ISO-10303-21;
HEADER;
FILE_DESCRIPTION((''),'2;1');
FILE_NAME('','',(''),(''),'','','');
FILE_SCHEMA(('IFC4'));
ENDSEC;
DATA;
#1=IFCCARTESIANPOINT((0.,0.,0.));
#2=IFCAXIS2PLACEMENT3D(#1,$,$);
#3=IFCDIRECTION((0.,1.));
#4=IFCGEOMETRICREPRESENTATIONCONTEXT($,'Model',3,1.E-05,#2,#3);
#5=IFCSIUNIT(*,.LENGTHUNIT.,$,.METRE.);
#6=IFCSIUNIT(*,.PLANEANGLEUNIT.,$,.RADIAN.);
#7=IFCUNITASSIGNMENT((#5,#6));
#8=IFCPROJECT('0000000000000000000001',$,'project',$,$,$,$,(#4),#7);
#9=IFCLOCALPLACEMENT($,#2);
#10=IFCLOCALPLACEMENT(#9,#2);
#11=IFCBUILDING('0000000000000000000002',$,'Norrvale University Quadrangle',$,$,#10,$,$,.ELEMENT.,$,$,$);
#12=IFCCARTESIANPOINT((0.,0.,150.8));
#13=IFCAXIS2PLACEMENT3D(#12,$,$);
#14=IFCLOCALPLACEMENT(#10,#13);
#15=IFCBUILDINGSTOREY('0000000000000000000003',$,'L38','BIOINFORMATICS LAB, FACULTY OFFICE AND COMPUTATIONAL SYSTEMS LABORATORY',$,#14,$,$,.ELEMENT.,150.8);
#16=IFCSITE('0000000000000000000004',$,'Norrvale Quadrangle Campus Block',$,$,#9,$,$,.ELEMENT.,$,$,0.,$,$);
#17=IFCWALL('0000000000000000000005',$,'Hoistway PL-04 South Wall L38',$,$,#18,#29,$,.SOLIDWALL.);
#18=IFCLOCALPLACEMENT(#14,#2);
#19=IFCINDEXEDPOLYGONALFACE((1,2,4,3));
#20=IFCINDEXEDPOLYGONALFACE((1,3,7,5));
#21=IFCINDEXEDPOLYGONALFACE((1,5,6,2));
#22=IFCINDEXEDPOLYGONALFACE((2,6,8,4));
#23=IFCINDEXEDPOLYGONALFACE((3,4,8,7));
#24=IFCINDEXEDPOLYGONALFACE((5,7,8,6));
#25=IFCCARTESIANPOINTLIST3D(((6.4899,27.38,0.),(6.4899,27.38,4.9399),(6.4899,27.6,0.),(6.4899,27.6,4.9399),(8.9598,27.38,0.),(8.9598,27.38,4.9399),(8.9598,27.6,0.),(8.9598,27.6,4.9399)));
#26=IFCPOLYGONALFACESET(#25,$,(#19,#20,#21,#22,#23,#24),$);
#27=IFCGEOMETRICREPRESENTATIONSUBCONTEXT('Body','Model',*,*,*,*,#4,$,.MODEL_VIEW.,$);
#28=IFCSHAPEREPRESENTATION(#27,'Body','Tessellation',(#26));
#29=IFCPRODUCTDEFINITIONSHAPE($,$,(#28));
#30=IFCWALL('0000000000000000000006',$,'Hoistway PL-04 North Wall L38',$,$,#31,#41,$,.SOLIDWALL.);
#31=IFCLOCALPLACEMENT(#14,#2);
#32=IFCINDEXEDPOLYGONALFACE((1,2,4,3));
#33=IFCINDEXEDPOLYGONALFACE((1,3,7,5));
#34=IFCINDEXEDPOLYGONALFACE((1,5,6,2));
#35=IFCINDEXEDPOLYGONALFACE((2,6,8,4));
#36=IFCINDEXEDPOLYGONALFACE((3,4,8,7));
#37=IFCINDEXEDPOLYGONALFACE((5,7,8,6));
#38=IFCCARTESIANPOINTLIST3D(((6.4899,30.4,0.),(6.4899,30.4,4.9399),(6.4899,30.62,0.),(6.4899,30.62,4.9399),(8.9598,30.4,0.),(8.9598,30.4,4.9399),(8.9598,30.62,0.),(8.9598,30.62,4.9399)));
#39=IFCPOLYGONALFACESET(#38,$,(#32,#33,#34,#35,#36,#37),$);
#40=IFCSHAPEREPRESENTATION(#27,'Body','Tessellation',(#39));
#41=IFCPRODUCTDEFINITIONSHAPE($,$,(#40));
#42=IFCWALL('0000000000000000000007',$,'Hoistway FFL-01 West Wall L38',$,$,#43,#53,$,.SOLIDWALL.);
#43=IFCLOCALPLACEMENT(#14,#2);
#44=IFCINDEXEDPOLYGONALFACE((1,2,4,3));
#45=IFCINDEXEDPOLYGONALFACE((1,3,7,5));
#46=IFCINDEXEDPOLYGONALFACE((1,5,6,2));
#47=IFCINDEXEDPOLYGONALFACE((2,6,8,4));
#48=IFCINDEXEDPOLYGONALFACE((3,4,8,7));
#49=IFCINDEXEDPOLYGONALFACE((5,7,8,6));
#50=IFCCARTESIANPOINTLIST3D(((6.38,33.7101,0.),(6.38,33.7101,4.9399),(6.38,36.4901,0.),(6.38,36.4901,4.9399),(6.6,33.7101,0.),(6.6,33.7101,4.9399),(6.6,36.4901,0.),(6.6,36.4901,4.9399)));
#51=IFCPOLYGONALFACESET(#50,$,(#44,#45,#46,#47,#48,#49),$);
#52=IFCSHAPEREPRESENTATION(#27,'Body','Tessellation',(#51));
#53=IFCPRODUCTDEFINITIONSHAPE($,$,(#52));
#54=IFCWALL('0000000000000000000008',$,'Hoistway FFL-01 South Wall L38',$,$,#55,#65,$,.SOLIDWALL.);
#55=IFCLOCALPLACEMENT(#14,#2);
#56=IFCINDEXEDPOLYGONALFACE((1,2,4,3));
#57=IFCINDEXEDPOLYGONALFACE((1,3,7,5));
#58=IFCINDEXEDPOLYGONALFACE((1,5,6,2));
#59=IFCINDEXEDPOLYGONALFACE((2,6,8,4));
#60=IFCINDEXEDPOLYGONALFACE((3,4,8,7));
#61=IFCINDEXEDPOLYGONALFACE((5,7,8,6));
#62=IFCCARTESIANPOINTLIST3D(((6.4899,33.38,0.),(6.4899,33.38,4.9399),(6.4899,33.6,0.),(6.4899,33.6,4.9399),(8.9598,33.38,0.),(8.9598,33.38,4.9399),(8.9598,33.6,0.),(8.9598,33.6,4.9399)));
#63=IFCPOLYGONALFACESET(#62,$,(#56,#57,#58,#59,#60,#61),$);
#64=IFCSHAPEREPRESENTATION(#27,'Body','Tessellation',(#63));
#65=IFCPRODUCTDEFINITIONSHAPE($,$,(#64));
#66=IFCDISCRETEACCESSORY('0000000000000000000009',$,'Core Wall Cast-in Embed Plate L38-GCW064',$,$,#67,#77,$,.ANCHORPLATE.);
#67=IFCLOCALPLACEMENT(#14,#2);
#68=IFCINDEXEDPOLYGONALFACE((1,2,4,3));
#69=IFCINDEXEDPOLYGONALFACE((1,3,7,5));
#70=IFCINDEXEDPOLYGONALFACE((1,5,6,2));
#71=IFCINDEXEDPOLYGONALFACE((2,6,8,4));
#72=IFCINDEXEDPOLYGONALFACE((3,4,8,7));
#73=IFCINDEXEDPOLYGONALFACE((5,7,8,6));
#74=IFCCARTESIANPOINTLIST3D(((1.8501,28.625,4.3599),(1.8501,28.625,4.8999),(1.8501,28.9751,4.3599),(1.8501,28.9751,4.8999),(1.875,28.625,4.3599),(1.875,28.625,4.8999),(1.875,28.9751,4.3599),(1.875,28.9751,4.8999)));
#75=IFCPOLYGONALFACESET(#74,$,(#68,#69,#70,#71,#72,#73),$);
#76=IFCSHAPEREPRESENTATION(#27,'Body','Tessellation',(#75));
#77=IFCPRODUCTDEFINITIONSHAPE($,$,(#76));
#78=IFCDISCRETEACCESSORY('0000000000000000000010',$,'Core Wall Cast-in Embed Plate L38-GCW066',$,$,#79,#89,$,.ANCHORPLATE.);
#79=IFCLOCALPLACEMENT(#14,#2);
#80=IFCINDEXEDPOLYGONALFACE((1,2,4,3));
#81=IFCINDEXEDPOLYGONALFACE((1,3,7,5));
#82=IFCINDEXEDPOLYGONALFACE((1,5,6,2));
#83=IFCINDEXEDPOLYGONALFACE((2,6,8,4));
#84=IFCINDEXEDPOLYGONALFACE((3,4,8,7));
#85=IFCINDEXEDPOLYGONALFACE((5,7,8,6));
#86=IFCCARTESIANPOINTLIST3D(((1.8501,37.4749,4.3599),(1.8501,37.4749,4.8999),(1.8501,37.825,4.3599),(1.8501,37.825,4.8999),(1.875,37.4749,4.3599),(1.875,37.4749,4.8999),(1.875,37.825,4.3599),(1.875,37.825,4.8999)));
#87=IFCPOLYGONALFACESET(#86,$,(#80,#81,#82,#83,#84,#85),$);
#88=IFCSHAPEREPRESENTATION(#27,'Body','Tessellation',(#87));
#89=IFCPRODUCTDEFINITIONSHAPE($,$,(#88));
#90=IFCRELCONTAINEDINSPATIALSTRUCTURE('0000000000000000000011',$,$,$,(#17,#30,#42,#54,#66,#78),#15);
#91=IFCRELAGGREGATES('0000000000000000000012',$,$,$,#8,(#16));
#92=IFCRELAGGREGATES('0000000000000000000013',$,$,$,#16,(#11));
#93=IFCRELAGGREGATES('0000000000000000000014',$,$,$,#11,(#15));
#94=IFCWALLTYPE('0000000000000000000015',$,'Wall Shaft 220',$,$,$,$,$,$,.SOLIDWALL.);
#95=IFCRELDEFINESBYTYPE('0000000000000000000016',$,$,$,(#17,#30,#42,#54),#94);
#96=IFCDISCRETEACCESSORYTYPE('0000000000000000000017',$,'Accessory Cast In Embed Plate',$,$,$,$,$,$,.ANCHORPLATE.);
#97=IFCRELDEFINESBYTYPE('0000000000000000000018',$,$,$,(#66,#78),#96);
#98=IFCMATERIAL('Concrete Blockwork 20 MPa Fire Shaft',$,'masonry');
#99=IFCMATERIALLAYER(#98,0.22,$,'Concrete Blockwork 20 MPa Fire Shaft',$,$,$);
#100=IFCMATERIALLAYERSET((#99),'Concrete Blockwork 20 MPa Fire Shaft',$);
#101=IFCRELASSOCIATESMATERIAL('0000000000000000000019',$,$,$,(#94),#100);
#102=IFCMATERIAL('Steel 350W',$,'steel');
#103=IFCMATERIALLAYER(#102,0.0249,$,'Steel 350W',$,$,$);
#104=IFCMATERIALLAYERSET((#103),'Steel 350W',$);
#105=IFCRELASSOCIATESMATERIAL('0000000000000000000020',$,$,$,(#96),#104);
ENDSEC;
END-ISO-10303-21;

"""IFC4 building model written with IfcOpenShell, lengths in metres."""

from ifc_helpers import new_model, si_unit, direction, frame, frame_2d, origin, origin_2d, place, context, subcontext, project, spatial, rectangle, extrude, material, layer, layer_set, type_object, element, save


model = new_model("IFC4")

# Units and contexts
model_context = context("Model", 3, precision=1e-05, world=origin(), true_north=direction((0.0, 1.0)))
body_context = subcontext(model_context, "Body", "Model", "MODEL_VIEW")
ifc_project = project(units=[si_unit("LENGTHUNIT", "METRE"), si_unit("PLANEANGLEUNIT", "RADIAN")], contexts=[model_context])

# Site, building, storey
site_placement = place(None, origin())
site = spatial("IfcSite", under=ifc_project, at=site_placement, Name="Norrvale Quadrangle Campus Block", CompositionType="ELEMENT", RefElevation=0.0)
building_placement = place(site_placement, origin())
building = spatial("IfcBuilding", under=site, at=building_placement, Name="Norrvale University Quadrangle", CompositionType="ELEMENT")
storey_placement = place(building_placement, frame((0.0, 0.0, 150.8)))
storey = spatial("IfcBuildingStorey", under=building, at=storey_placement, Name="L38", Description="BIOINFORMATICS LAB, FACULTY OFFICE AND COMPUTATIONAL SYSTEMS LABORATORY", CompositionType="ELEMENT", Elevation=150.8)

# Shared definitions
ifc_material_1 = material(Name="Steel 350W", Category="steel")

# Shared definitions
ifc_material_2 = material(Name="Concrete Blockwork 20 MPa Fire Shaft", Category="masonry")
ifc_layer_1 = layer(ifc_material_2, 0.22, Name="Concrete Blockwork 20 MPa Fire Shaft")
ifc_layer_set_1 = layer_set([ifc_layer_1], Name="Concrete Blockwork 20 MPa Fire Shaft")
wall_type_1 = type_object("IfcWallType", Name="Wall Shaft 220", PredefinedType="SOLIDWALL", material=ifc_layer_set_1)

# Walls
for number, where, z_axis, x_axis, name in (
    (1, (6.49, 27.49, 0.0), (0.0, 0.0, 1.0), (1.0, 0.0, 0.0), "Hoistway PL-04 South Wall L38"),
    (2, (6.49, 30.51, 0.0), (0.0, 0.0, 1.0), (1.0, 0.0, 0.0), "Hoistway PL-04 North Wall L38"),
):
    element("IfcWall", number, at=place(storey_placement, frame(where, z_axis=z_axis, x_axis=x_axis)), inside=storey, type_object=wall_type_1, Name=name, PredefinedType="SOLIDWALL", context=body_context, shape_type="SweptSolid", body=[
        extrude(rectangle(XDim=2.47, YDim=0.22, at=frame_2d((1.2349, 0.0))), origin(), (0.0, 0.0, 1.0), 4.9399),
    ])
wall_1_placement = place(storey_placement, frame((6.49, 33.71, 0.0), z_axis=(0.0, 0.0, 1.0), x_axis=(0.0, 1.0, 0.0)))
element("IfcWall", 3, at=wall_1_placement, inside=storey, type_object=wall_type_1, Name="Hoistway FFL-01 West Wall L38", PredefinedType="SOLIDWALL", context=body_context, shape_type="SweptSolid", body=[
    extrude(rectangle(XDim=2.78, YDim=0.22, at=frame_2d((1.3901, 0.0))), origin(), (0.0, 0.0, 1.0), 4.9399),
])
wall_2_placement = place(storey_placement, frame((6.49, 33.49, 0.0), z_axis=(0.0, 0.0, 1.0), x_axis=(1.0, 0.0, 0.0)))
element("IfcWall", 4, at=wall_2_placement, inside=storey, type_object=wall_type_1, Name="Hoistway FFL-01 South Wall L38", PredefinedType="SOLIDWALL", context=body_context, shape_type="SweptSolid", body=[
    extrude(rectangle(XDim=2.47, YDim=0.22, at=frame_2d((1.2349, 0.0))), origin(), (0.0, 0.0, 1.0), 4.9399),
])

# Discrete accessories
ifc_layer_2 = layer(ifc_material_1, 0.0249, Name="Steel 350W")
ifc_layer_set_2 = layer_set([ifc_layer_2], Name="Steel 350W")
discrete_accessory_type = type_object("IfcDiscreteAccessoryType", Name="Accessory Cast In Embed Plate", PredefinedType="ANCHORPLATE", material=ifc_layer_set_2)
for number, where, z_axis, x_axis, name in (
    (5, (1.8625, 28.8, 4.3599), (0.0, 0.0, 1.0), (1.0, 0.0, 0.0), "Core Wall Cast-in Embed Plate L38-GCW064"),
    (6, (1.8625, 37.6499, 4.3599), (0.0, 0.0, 1.0), (1.0, 0.0, 0.0), "Core Wall Cast-in Embed Plate L38-GCW066"),
):
    element("IfcDiscreteAccessory", number, at=place(storey_placement, frame(where, z_axis=z_axis, x_axis=x_axis)), inside=storey, type_object=discrete_accessory_type, Name=name, PredefinedType="ANCHORPLATE", context=body_context, shape_type="SweptSolid", body=[
        extrude(rectangle(XDim=0.0249, YDim=0.3501, at=origin_2d()), origin(), (0.0, 0.0, 1.0), 0.54),
    ])

save(model, "model.ifc")
